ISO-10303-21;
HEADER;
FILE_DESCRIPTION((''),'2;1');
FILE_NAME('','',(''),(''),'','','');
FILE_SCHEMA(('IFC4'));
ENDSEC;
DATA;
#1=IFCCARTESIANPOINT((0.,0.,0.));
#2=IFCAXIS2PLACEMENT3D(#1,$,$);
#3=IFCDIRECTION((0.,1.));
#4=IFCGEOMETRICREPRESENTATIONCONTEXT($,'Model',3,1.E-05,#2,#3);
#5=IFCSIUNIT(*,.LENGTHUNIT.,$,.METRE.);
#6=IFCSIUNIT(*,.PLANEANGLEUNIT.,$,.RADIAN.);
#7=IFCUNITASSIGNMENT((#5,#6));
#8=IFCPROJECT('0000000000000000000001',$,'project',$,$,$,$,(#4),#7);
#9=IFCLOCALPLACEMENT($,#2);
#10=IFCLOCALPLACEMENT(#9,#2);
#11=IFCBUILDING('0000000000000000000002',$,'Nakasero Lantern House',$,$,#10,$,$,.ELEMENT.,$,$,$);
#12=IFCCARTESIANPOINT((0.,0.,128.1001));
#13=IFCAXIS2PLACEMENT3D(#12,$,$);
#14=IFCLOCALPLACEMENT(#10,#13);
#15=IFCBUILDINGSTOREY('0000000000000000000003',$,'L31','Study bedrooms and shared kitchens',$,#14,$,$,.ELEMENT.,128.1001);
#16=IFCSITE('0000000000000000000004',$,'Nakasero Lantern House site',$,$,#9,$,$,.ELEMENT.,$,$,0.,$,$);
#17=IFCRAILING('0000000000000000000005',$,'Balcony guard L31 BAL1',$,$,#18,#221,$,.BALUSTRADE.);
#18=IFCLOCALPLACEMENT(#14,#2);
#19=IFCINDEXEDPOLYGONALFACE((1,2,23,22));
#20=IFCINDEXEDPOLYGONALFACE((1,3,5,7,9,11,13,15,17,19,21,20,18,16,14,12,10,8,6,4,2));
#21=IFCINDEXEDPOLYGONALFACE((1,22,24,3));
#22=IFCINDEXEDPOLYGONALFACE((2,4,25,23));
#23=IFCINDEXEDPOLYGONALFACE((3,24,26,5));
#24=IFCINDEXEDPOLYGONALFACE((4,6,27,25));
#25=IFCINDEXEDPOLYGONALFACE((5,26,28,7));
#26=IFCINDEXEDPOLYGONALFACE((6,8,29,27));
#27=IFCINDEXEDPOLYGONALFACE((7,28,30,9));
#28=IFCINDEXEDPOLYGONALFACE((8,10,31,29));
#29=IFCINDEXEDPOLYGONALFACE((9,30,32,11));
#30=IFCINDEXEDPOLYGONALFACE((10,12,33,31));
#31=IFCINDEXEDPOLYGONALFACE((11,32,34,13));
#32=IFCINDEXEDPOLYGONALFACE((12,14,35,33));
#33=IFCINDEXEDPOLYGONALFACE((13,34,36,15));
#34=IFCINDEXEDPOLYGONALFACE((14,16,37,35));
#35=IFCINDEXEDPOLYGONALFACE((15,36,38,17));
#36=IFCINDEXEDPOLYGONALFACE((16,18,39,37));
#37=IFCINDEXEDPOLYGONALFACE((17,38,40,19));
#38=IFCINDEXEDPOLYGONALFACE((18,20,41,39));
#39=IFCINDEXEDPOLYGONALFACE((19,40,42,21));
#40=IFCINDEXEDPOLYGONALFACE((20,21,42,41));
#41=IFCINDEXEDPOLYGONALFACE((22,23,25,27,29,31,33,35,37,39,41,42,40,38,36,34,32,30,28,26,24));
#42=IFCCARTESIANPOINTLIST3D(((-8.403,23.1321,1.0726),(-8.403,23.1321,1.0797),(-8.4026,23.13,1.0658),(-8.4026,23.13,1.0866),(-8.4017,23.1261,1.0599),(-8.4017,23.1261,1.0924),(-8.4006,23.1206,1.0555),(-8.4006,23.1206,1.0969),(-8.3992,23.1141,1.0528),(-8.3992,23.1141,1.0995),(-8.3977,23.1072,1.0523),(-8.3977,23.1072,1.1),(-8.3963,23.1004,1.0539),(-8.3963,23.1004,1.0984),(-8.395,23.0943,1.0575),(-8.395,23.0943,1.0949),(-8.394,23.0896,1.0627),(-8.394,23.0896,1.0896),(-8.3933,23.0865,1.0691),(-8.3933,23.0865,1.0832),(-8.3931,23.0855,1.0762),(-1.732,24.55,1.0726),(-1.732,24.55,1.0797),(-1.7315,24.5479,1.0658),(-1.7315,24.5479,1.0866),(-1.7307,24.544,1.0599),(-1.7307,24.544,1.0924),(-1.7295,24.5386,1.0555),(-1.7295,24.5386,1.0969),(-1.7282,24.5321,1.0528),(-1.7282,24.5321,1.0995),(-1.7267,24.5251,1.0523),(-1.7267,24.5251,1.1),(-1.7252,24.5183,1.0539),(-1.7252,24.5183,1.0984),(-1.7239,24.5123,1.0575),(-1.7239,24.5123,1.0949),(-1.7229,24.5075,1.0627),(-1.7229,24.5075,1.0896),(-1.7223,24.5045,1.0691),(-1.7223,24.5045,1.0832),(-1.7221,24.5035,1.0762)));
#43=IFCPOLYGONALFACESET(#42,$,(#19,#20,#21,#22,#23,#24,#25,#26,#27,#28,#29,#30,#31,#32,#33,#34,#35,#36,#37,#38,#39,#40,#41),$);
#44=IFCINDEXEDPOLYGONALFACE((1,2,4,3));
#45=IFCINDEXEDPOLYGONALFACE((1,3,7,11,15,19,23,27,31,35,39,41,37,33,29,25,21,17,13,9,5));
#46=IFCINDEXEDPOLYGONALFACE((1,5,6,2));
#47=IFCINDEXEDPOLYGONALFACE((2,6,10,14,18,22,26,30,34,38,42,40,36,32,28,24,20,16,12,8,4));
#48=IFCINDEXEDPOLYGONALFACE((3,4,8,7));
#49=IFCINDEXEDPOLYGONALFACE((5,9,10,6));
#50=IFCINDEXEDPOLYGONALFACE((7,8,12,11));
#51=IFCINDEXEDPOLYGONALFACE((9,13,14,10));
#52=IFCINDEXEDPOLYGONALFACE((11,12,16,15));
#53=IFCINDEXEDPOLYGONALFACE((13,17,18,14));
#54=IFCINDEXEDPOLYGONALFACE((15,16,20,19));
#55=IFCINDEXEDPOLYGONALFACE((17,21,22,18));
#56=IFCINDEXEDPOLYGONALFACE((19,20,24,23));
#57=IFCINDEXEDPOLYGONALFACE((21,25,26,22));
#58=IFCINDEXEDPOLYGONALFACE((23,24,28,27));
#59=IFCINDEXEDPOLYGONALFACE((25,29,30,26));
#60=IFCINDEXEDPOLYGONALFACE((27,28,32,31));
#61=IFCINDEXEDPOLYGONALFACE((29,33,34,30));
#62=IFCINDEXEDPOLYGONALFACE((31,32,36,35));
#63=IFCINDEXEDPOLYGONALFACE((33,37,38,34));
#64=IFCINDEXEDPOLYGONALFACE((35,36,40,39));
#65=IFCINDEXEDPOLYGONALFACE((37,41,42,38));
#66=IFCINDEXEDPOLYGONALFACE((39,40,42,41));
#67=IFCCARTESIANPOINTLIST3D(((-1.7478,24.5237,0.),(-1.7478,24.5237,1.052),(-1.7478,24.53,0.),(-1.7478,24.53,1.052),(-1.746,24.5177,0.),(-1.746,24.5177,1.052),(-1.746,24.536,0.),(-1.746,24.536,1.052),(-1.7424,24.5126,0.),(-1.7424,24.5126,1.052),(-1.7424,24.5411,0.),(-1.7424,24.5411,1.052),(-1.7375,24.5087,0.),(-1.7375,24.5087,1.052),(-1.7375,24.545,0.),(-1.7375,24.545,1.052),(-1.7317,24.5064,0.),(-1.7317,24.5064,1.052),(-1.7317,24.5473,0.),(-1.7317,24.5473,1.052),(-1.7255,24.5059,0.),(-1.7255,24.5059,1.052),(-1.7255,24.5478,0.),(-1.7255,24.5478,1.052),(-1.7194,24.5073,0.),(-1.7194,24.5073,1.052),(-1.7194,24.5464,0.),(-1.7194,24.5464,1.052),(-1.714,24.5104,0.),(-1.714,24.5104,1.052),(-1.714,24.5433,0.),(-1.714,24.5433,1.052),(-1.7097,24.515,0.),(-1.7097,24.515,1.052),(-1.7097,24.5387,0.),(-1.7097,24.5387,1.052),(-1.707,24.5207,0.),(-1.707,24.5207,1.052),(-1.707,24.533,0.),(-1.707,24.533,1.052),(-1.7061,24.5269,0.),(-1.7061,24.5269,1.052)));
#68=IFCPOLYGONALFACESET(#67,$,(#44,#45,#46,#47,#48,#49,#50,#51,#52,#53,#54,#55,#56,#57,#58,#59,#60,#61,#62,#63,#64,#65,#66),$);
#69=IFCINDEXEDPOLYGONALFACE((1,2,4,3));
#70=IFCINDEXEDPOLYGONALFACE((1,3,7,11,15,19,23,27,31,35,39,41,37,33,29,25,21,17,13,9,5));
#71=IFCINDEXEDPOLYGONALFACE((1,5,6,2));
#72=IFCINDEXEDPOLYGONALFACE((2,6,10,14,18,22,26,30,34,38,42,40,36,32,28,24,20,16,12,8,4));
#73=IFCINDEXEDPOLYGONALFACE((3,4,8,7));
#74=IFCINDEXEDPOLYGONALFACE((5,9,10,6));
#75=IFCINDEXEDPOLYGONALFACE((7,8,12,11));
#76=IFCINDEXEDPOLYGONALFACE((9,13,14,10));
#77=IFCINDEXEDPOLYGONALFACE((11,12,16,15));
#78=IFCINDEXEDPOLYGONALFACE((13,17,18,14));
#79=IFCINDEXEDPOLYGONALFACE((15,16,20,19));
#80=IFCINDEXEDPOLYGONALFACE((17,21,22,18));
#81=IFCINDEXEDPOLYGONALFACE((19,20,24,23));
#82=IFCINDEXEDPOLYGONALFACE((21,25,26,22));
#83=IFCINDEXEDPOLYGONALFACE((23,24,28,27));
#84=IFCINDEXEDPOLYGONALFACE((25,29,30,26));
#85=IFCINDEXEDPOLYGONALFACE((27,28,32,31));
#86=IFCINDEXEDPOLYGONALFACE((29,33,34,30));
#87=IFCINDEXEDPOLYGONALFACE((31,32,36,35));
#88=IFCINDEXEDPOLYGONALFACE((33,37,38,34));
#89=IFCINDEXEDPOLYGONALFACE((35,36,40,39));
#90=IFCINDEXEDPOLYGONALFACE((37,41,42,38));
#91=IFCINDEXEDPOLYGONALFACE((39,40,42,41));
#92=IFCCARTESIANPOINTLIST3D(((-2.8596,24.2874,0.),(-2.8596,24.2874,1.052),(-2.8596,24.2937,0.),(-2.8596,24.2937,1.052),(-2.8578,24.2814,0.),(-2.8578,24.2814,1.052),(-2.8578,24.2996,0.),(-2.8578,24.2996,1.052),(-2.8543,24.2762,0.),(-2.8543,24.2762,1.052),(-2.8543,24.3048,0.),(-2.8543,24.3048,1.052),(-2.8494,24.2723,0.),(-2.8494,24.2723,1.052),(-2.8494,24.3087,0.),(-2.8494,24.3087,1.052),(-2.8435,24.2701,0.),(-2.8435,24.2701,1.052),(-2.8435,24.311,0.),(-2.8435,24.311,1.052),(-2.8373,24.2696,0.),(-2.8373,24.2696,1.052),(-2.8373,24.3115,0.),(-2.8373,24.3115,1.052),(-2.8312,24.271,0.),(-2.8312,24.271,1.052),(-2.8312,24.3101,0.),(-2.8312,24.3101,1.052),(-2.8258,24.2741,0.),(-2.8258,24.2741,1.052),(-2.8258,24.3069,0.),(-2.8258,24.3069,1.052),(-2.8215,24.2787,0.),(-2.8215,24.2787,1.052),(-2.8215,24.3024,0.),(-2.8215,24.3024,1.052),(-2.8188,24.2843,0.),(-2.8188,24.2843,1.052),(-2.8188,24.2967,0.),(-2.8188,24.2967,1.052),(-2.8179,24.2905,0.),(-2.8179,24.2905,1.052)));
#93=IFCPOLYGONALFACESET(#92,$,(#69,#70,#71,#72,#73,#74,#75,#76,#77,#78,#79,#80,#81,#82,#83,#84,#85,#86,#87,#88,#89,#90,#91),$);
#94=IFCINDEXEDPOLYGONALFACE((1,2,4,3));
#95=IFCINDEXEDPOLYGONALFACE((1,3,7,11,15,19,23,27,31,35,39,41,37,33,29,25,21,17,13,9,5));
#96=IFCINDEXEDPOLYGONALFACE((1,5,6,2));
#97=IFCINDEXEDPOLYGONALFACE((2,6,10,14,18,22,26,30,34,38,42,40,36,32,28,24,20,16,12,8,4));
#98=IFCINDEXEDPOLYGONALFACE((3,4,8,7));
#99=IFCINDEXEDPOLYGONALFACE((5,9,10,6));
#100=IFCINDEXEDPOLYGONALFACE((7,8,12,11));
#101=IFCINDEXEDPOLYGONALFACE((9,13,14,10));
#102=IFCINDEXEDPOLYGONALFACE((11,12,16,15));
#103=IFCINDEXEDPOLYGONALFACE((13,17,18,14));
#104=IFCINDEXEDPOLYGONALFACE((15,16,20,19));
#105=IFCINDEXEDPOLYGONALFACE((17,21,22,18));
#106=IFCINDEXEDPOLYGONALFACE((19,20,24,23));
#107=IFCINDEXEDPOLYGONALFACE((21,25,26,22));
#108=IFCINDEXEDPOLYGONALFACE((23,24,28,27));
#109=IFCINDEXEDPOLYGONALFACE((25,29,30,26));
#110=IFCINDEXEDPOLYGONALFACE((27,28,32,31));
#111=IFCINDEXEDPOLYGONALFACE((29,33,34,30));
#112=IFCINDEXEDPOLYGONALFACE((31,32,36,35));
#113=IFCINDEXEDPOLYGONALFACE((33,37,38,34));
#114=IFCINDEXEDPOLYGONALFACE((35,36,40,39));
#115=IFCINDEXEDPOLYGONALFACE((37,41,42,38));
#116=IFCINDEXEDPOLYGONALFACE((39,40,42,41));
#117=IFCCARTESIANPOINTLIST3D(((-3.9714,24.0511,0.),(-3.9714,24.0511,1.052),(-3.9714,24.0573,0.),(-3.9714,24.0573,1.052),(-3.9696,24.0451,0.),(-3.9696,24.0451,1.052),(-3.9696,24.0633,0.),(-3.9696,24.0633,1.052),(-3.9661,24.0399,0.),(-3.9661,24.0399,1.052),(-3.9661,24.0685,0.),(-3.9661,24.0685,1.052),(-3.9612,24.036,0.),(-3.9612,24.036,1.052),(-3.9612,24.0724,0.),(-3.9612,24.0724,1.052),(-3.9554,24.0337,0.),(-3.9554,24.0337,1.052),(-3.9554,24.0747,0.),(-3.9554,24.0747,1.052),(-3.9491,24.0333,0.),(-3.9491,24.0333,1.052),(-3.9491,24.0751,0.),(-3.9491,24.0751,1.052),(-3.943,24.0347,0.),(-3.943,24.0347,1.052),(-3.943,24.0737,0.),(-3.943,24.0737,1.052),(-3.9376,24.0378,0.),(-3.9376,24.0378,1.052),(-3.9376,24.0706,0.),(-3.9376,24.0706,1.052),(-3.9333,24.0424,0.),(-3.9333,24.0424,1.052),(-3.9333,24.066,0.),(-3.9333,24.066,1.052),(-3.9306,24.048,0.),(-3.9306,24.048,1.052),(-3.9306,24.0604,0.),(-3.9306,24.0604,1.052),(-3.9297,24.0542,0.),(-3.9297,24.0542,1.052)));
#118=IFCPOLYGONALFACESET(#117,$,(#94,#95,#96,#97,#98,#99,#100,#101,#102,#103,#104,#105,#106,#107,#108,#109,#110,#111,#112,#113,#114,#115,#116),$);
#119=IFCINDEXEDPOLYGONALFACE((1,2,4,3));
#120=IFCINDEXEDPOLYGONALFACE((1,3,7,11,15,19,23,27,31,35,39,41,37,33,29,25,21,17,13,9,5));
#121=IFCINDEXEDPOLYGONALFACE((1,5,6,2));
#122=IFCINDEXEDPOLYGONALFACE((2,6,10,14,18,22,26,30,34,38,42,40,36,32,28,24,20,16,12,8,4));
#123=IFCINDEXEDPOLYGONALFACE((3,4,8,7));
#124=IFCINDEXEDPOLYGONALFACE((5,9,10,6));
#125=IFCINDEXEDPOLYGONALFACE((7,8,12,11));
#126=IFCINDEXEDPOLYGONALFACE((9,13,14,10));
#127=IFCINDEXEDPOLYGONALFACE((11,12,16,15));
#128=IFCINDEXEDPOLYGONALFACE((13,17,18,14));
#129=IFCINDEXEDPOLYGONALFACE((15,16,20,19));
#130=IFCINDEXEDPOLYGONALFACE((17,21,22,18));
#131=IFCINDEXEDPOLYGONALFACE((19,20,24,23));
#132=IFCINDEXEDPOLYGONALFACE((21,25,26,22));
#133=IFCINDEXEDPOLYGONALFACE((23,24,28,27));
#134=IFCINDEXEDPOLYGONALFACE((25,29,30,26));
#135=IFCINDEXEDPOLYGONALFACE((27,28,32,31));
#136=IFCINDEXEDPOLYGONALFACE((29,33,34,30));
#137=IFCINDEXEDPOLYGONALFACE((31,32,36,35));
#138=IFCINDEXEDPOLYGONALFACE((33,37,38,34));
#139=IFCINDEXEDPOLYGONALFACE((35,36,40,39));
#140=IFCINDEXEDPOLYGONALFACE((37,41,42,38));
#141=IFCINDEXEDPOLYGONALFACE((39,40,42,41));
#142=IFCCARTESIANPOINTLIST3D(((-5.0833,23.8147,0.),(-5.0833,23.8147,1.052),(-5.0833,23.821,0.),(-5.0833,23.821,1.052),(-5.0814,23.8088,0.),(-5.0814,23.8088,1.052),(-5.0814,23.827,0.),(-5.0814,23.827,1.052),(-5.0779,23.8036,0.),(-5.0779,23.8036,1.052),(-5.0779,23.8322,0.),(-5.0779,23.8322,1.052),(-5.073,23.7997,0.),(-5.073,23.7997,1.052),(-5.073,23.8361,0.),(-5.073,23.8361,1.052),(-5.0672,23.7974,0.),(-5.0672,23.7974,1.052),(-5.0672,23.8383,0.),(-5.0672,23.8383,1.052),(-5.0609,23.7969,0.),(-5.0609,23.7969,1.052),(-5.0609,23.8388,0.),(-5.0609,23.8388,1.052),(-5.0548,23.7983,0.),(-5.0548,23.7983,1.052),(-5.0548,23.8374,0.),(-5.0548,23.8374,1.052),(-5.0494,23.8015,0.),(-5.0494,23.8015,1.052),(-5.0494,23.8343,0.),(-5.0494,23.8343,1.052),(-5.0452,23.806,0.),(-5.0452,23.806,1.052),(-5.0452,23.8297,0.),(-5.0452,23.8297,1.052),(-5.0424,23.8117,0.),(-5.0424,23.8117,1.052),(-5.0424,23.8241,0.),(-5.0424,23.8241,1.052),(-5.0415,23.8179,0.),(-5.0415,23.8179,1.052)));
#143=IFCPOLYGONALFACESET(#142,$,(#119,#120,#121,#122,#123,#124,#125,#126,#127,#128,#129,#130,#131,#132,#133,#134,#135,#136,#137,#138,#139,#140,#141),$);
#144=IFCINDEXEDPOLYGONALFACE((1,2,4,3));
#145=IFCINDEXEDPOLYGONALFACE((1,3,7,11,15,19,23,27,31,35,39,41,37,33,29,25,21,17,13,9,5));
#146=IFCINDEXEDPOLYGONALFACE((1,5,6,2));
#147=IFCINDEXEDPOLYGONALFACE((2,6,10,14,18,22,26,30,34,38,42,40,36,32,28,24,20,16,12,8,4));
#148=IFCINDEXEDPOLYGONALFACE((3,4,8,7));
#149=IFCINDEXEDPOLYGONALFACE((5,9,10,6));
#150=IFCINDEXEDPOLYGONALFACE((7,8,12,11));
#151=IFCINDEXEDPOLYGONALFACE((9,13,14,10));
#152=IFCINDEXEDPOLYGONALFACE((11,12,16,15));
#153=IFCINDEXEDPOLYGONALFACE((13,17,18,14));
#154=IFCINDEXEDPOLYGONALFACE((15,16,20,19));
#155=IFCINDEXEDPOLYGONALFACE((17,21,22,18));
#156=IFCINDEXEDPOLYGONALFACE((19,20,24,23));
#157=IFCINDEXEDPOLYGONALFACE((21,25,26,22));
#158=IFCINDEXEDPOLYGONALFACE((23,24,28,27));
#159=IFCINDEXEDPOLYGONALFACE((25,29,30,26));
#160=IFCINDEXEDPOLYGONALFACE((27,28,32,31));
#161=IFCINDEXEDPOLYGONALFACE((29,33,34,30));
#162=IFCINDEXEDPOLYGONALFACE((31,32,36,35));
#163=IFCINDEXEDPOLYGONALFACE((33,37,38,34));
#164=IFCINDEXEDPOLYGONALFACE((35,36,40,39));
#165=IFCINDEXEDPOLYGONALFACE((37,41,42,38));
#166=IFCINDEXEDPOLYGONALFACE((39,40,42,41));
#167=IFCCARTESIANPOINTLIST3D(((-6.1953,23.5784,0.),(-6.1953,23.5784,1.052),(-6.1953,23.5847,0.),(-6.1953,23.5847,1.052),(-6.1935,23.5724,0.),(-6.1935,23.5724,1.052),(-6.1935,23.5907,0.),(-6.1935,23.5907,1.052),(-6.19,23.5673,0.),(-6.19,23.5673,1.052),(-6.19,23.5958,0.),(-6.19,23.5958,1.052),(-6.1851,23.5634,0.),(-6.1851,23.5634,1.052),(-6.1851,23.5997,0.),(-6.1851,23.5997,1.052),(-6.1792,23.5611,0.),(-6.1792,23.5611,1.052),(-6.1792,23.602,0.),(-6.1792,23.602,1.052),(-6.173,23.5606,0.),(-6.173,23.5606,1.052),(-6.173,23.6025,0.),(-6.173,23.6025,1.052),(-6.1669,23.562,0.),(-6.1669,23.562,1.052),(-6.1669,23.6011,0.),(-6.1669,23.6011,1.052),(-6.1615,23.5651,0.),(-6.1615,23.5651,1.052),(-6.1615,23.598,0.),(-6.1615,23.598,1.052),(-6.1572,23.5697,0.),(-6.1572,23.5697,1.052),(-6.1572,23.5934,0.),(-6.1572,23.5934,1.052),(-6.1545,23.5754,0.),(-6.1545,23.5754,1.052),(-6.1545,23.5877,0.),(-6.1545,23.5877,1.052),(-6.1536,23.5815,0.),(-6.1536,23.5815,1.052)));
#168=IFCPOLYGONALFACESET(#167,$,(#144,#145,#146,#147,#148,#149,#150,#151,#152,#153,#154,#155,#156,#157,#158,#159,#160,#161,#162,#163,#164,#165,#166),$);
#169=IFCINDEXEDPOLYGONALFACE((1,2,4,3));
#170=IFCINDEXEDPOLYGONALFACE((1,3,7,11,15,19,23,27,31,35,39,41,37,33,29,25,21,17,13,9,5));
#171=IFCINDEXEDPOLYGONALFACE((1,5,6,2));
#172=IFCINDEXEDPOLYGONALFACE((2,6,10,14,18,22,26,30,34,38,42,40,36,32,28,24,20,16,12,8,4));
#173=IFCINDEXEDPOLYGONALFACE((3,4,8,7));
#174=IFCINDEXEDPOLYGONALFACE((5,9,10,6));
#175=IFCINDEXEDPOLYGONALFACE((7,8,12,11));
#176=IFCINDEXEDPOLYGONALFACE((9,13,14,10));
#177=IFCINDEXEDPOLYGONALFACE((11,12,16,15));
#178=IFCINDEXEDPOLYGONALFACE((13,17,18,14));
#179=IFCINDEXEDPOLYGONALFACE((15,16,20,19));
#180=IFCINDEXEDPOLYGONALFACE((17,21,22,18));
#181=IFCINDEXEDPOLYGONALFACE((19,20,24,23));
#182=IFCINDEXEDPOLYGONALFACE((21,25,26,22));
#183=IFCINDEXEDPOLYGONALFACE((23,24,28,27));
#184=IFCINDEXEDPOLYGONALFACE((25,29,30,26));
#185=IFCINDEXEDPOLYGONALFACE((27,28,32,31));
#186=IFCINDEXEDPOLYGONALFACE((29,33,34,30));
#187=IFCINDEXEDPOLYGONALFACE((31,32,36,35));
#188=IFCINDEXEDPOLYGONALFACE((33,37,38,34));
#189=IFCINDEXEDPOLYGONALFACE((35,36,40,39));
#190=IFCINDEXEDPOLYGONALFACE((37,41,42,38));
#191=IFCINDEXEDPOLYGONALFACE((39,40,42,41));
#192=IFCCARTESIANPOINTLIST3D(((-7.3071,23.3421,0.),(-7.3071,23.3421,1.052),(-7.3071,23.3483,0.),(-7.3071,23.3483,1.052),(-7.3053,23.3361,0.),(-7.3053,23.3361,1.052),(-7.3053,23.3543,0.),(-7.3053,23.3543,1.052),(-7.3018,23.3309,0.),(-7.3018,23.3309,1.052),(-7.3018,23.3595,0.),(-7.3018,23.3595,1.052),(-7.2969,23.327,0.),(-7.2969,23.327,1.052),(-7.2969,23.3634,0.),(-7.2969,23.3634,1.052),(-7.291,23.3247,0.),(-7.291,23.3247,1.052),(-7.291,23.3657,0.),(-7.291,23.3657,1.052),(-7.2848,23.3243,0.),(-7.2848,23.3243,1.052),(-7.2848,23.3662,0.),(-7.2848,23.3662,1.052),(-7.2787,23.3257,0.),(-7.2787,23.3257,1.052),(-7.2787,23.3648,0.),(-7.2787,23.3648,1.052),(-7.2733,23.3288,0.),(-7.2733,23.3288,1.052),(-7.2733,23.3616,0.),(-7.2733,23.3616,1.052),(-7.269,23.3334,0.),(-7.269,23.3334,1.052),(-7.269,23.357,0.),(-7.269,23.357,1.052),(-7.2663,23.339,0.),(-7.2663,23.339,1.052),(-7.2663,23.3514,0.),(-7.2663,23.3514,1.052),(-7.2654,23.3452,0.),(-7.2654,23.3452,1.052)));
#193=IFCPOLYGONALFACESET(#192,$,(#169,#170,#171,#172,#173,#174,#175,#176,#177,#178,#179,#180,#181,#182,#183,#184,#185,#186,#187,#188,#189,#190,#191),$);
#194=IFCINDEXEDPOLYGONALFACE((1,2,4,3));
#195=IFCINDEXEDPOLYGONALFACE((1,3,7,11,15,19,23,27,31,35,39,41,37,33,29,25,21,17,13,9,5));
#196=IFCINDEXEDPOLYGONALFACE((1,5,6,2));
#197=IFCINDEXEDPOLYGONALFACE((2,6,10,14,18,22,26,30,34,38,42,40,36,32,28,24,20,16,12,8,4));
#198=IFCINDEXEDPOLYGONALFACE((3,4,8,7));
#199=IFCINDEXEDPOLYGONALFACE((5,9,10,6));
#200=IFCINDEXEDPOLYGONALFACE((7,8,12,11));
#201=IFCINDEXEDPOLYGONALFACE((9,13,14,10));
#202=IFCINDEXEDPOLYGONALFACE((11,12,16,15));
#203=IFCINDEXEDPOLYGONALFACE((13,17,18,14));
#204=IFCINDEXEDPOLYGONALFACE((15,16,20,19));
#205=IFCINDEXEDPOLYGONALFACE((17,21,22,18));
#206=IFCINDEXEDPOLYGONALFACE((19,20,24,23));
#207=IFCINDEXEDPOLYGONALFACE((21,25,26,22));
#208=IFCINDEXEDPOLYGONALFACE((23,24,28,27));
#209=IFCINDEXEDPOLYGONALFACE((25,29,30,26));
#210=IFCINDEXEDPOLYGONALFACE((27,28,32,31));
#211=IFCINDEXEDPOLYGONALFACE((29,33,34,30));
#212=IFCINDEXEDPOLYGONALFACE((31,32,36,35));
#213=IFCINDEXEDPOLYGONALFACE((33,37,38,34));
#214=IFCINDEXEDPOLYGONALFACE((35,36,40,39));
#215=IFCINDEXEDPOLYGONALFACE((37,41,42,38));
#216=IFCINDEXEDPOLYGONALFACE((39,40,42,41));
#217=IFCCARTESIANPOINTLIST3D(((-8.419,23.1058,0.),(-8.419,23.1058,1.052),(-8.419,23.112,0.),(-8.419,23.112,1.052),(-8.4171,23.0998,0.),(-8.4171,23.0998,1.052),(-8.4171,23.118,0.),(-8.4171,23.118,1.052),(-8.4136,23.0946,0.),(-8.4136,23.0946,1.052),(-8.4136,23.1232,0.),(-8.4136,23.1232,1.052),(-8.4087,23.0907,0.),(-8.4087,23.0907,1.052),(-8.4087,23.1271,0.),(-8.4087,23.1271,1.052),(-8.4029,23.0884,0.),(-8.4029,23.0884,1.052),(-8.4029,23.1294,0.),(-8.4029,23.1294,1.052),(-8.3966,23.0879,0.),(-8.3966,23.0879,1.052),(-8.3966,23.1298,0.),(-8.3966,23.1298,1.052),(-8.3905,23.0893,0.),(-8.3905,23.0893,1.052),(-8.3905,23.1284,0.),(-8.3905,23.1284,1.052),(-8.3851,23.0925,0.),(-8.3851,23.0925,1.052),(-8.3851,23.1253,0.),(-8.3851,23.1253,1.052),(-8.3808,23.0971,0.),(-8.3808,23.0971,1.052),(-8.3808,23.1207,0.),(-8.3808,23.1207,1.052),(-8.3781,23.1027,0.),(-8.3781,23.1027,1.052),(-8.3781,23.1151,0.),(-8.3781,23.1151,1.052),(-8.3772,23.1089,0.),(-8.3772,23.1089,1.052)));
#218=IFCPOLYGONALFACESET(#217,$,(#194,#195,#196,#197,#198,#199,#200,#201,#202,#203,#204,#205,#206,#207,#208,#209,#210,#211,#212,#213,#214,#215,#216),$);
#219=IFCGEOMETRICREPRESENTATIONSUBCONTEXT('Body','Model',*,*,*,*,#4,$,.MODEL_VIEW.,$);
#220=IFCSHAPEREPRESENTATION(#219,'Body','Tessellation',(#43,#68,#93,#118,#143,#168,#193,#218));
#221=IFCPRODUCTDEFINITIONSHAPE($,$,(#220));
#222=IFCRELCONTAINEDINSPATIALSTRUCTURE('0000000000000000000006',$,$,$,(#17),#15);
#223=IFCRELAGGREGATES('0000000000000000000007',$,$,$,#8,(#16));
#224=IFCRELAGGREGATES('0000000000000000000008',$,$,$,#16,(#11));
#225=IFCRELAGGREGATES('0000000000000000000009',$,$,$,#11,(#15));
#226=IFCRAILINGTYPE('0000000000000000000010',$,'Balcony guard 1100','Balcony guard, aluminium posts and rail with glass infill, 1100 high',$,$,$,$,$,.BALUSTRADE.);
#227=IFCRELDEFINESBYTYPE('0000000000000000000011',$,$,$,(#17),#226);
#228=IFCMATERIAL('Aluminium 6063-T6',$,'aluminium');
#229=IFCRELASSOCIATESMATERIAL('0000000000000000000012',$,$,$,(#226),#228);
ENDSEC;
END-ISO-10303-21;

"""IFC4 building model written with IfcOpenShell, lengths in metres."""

from ifc_helpers import new_model, si_unit, direction, frame, origin, origin_2d, place, context, subcontext, project, spatial, circle, extrude, material, type_object, element, save


model = new_model("IFC4")

# Units and contexts
model_context = context("Model", 3, precision=1e-05, world=origin(), true_north=direction((0.0, 1.0)))
body_context = subcontext(model_context, "Body", "Model", "MODEL_VIEW")
ifc_project = project(units=[si_unit("LENGTHUNIT", "METRE"), si_unit("PLANEANGLEUNIT", "RADIAN")], contexts=[model_context])

# Site, building, storey
site_placement = place(None, origin())
site = spatial("IfcSite", under=ifc_project, at=site_placement, Name="Nakasero Lantern House site", CompositionType="ELEMENT", RefElevation=0.0)
building_placement = place(site_placement, origin())
building = spatial("IfcBuilding", under=site, at=building_placement, Name="Nakasero Lantern House", CompositionType="ELEMENT")
storey_placement = place(building_placement, frame((0.0, 0.0, 128.1001)))
storey = spatial("IfcBuildingStorey", under=building, at=storey_placement, Name="L31", Description="Study bedrooms and shared kitchens", CompositionType="ELEMENT", Elevation=128.1001)

# Railing
ifc_material_1 = material(Name="Aluminium 6063-T6", Category="aluminium")
railing_type = type_object("IfcRailingType", Name="Balcony guard 1100", Description="Balcony guard, aluminium posts and rail with glass infill, 1100 high", PredefinedType="BALUSTRADE", material=ifc_material_1)
railing_placement = place(storey_placement, frame((-1.7271, 24.5269, 0.0)))
element("IfcRailing", 1, at=railing_placement, inside=storey, type_object=railing_type, Name="Balcony guard L31 BAL1", PredefinedType="BALUSTRADE", context=body_context, shape_type="SweptSolid", body=[
    extrude(circle(Radius=0.0239, at=origin_2d()), frame((0.0, 0.0, 1.0762), z_axis=(-0.978148, -0.207908, 0.0), x_axis=(0.207908, -0.978148, 0.0)), (0.0, 0.0, 1.0), 6.8201),
    extrude(circle(Radius=0.021, at=origin_2d()), origin(), (0.0, 0.0, 1.0), 1.052),
    extrude(circle(Radius=0.021, at=origin_2d()), frame((-1.1118, -0.2363, 0.0)), (0.0, 0.0, 1.0), 1.052),
    extrude(circle(Radius=0.021, at=origin_2d()), frame((-2.2236, -0.4727, 0.0)), (0.0, 0.0, 1.0), 1.052),
    extrude(circle(Radius=0.021, at=origin_2d()), frame((-3.3354, -0.709, 0.0)), (0.0, 0.0, 1.0), 1.052),
    extrude(circle(Radius=0.021, at=origin_2d()), frame((-4.4475, -0.9453, 0.0)), (0.0, 0.0, 1.0), 1.052),
    extrude(circle(Radius=0.021, at=origin_2d()), frame((-5.5593, -1.1816, 0.0)), (0.0, 0.0, 1.0), 1.052),
    extrude(circle(Radius=0.021, at=origin_2d()), frame((-6.6711, -1.418, 0.0)), (0.0, 0.0, 1.0), 1.052),
])

save(model, "model.ifc")
